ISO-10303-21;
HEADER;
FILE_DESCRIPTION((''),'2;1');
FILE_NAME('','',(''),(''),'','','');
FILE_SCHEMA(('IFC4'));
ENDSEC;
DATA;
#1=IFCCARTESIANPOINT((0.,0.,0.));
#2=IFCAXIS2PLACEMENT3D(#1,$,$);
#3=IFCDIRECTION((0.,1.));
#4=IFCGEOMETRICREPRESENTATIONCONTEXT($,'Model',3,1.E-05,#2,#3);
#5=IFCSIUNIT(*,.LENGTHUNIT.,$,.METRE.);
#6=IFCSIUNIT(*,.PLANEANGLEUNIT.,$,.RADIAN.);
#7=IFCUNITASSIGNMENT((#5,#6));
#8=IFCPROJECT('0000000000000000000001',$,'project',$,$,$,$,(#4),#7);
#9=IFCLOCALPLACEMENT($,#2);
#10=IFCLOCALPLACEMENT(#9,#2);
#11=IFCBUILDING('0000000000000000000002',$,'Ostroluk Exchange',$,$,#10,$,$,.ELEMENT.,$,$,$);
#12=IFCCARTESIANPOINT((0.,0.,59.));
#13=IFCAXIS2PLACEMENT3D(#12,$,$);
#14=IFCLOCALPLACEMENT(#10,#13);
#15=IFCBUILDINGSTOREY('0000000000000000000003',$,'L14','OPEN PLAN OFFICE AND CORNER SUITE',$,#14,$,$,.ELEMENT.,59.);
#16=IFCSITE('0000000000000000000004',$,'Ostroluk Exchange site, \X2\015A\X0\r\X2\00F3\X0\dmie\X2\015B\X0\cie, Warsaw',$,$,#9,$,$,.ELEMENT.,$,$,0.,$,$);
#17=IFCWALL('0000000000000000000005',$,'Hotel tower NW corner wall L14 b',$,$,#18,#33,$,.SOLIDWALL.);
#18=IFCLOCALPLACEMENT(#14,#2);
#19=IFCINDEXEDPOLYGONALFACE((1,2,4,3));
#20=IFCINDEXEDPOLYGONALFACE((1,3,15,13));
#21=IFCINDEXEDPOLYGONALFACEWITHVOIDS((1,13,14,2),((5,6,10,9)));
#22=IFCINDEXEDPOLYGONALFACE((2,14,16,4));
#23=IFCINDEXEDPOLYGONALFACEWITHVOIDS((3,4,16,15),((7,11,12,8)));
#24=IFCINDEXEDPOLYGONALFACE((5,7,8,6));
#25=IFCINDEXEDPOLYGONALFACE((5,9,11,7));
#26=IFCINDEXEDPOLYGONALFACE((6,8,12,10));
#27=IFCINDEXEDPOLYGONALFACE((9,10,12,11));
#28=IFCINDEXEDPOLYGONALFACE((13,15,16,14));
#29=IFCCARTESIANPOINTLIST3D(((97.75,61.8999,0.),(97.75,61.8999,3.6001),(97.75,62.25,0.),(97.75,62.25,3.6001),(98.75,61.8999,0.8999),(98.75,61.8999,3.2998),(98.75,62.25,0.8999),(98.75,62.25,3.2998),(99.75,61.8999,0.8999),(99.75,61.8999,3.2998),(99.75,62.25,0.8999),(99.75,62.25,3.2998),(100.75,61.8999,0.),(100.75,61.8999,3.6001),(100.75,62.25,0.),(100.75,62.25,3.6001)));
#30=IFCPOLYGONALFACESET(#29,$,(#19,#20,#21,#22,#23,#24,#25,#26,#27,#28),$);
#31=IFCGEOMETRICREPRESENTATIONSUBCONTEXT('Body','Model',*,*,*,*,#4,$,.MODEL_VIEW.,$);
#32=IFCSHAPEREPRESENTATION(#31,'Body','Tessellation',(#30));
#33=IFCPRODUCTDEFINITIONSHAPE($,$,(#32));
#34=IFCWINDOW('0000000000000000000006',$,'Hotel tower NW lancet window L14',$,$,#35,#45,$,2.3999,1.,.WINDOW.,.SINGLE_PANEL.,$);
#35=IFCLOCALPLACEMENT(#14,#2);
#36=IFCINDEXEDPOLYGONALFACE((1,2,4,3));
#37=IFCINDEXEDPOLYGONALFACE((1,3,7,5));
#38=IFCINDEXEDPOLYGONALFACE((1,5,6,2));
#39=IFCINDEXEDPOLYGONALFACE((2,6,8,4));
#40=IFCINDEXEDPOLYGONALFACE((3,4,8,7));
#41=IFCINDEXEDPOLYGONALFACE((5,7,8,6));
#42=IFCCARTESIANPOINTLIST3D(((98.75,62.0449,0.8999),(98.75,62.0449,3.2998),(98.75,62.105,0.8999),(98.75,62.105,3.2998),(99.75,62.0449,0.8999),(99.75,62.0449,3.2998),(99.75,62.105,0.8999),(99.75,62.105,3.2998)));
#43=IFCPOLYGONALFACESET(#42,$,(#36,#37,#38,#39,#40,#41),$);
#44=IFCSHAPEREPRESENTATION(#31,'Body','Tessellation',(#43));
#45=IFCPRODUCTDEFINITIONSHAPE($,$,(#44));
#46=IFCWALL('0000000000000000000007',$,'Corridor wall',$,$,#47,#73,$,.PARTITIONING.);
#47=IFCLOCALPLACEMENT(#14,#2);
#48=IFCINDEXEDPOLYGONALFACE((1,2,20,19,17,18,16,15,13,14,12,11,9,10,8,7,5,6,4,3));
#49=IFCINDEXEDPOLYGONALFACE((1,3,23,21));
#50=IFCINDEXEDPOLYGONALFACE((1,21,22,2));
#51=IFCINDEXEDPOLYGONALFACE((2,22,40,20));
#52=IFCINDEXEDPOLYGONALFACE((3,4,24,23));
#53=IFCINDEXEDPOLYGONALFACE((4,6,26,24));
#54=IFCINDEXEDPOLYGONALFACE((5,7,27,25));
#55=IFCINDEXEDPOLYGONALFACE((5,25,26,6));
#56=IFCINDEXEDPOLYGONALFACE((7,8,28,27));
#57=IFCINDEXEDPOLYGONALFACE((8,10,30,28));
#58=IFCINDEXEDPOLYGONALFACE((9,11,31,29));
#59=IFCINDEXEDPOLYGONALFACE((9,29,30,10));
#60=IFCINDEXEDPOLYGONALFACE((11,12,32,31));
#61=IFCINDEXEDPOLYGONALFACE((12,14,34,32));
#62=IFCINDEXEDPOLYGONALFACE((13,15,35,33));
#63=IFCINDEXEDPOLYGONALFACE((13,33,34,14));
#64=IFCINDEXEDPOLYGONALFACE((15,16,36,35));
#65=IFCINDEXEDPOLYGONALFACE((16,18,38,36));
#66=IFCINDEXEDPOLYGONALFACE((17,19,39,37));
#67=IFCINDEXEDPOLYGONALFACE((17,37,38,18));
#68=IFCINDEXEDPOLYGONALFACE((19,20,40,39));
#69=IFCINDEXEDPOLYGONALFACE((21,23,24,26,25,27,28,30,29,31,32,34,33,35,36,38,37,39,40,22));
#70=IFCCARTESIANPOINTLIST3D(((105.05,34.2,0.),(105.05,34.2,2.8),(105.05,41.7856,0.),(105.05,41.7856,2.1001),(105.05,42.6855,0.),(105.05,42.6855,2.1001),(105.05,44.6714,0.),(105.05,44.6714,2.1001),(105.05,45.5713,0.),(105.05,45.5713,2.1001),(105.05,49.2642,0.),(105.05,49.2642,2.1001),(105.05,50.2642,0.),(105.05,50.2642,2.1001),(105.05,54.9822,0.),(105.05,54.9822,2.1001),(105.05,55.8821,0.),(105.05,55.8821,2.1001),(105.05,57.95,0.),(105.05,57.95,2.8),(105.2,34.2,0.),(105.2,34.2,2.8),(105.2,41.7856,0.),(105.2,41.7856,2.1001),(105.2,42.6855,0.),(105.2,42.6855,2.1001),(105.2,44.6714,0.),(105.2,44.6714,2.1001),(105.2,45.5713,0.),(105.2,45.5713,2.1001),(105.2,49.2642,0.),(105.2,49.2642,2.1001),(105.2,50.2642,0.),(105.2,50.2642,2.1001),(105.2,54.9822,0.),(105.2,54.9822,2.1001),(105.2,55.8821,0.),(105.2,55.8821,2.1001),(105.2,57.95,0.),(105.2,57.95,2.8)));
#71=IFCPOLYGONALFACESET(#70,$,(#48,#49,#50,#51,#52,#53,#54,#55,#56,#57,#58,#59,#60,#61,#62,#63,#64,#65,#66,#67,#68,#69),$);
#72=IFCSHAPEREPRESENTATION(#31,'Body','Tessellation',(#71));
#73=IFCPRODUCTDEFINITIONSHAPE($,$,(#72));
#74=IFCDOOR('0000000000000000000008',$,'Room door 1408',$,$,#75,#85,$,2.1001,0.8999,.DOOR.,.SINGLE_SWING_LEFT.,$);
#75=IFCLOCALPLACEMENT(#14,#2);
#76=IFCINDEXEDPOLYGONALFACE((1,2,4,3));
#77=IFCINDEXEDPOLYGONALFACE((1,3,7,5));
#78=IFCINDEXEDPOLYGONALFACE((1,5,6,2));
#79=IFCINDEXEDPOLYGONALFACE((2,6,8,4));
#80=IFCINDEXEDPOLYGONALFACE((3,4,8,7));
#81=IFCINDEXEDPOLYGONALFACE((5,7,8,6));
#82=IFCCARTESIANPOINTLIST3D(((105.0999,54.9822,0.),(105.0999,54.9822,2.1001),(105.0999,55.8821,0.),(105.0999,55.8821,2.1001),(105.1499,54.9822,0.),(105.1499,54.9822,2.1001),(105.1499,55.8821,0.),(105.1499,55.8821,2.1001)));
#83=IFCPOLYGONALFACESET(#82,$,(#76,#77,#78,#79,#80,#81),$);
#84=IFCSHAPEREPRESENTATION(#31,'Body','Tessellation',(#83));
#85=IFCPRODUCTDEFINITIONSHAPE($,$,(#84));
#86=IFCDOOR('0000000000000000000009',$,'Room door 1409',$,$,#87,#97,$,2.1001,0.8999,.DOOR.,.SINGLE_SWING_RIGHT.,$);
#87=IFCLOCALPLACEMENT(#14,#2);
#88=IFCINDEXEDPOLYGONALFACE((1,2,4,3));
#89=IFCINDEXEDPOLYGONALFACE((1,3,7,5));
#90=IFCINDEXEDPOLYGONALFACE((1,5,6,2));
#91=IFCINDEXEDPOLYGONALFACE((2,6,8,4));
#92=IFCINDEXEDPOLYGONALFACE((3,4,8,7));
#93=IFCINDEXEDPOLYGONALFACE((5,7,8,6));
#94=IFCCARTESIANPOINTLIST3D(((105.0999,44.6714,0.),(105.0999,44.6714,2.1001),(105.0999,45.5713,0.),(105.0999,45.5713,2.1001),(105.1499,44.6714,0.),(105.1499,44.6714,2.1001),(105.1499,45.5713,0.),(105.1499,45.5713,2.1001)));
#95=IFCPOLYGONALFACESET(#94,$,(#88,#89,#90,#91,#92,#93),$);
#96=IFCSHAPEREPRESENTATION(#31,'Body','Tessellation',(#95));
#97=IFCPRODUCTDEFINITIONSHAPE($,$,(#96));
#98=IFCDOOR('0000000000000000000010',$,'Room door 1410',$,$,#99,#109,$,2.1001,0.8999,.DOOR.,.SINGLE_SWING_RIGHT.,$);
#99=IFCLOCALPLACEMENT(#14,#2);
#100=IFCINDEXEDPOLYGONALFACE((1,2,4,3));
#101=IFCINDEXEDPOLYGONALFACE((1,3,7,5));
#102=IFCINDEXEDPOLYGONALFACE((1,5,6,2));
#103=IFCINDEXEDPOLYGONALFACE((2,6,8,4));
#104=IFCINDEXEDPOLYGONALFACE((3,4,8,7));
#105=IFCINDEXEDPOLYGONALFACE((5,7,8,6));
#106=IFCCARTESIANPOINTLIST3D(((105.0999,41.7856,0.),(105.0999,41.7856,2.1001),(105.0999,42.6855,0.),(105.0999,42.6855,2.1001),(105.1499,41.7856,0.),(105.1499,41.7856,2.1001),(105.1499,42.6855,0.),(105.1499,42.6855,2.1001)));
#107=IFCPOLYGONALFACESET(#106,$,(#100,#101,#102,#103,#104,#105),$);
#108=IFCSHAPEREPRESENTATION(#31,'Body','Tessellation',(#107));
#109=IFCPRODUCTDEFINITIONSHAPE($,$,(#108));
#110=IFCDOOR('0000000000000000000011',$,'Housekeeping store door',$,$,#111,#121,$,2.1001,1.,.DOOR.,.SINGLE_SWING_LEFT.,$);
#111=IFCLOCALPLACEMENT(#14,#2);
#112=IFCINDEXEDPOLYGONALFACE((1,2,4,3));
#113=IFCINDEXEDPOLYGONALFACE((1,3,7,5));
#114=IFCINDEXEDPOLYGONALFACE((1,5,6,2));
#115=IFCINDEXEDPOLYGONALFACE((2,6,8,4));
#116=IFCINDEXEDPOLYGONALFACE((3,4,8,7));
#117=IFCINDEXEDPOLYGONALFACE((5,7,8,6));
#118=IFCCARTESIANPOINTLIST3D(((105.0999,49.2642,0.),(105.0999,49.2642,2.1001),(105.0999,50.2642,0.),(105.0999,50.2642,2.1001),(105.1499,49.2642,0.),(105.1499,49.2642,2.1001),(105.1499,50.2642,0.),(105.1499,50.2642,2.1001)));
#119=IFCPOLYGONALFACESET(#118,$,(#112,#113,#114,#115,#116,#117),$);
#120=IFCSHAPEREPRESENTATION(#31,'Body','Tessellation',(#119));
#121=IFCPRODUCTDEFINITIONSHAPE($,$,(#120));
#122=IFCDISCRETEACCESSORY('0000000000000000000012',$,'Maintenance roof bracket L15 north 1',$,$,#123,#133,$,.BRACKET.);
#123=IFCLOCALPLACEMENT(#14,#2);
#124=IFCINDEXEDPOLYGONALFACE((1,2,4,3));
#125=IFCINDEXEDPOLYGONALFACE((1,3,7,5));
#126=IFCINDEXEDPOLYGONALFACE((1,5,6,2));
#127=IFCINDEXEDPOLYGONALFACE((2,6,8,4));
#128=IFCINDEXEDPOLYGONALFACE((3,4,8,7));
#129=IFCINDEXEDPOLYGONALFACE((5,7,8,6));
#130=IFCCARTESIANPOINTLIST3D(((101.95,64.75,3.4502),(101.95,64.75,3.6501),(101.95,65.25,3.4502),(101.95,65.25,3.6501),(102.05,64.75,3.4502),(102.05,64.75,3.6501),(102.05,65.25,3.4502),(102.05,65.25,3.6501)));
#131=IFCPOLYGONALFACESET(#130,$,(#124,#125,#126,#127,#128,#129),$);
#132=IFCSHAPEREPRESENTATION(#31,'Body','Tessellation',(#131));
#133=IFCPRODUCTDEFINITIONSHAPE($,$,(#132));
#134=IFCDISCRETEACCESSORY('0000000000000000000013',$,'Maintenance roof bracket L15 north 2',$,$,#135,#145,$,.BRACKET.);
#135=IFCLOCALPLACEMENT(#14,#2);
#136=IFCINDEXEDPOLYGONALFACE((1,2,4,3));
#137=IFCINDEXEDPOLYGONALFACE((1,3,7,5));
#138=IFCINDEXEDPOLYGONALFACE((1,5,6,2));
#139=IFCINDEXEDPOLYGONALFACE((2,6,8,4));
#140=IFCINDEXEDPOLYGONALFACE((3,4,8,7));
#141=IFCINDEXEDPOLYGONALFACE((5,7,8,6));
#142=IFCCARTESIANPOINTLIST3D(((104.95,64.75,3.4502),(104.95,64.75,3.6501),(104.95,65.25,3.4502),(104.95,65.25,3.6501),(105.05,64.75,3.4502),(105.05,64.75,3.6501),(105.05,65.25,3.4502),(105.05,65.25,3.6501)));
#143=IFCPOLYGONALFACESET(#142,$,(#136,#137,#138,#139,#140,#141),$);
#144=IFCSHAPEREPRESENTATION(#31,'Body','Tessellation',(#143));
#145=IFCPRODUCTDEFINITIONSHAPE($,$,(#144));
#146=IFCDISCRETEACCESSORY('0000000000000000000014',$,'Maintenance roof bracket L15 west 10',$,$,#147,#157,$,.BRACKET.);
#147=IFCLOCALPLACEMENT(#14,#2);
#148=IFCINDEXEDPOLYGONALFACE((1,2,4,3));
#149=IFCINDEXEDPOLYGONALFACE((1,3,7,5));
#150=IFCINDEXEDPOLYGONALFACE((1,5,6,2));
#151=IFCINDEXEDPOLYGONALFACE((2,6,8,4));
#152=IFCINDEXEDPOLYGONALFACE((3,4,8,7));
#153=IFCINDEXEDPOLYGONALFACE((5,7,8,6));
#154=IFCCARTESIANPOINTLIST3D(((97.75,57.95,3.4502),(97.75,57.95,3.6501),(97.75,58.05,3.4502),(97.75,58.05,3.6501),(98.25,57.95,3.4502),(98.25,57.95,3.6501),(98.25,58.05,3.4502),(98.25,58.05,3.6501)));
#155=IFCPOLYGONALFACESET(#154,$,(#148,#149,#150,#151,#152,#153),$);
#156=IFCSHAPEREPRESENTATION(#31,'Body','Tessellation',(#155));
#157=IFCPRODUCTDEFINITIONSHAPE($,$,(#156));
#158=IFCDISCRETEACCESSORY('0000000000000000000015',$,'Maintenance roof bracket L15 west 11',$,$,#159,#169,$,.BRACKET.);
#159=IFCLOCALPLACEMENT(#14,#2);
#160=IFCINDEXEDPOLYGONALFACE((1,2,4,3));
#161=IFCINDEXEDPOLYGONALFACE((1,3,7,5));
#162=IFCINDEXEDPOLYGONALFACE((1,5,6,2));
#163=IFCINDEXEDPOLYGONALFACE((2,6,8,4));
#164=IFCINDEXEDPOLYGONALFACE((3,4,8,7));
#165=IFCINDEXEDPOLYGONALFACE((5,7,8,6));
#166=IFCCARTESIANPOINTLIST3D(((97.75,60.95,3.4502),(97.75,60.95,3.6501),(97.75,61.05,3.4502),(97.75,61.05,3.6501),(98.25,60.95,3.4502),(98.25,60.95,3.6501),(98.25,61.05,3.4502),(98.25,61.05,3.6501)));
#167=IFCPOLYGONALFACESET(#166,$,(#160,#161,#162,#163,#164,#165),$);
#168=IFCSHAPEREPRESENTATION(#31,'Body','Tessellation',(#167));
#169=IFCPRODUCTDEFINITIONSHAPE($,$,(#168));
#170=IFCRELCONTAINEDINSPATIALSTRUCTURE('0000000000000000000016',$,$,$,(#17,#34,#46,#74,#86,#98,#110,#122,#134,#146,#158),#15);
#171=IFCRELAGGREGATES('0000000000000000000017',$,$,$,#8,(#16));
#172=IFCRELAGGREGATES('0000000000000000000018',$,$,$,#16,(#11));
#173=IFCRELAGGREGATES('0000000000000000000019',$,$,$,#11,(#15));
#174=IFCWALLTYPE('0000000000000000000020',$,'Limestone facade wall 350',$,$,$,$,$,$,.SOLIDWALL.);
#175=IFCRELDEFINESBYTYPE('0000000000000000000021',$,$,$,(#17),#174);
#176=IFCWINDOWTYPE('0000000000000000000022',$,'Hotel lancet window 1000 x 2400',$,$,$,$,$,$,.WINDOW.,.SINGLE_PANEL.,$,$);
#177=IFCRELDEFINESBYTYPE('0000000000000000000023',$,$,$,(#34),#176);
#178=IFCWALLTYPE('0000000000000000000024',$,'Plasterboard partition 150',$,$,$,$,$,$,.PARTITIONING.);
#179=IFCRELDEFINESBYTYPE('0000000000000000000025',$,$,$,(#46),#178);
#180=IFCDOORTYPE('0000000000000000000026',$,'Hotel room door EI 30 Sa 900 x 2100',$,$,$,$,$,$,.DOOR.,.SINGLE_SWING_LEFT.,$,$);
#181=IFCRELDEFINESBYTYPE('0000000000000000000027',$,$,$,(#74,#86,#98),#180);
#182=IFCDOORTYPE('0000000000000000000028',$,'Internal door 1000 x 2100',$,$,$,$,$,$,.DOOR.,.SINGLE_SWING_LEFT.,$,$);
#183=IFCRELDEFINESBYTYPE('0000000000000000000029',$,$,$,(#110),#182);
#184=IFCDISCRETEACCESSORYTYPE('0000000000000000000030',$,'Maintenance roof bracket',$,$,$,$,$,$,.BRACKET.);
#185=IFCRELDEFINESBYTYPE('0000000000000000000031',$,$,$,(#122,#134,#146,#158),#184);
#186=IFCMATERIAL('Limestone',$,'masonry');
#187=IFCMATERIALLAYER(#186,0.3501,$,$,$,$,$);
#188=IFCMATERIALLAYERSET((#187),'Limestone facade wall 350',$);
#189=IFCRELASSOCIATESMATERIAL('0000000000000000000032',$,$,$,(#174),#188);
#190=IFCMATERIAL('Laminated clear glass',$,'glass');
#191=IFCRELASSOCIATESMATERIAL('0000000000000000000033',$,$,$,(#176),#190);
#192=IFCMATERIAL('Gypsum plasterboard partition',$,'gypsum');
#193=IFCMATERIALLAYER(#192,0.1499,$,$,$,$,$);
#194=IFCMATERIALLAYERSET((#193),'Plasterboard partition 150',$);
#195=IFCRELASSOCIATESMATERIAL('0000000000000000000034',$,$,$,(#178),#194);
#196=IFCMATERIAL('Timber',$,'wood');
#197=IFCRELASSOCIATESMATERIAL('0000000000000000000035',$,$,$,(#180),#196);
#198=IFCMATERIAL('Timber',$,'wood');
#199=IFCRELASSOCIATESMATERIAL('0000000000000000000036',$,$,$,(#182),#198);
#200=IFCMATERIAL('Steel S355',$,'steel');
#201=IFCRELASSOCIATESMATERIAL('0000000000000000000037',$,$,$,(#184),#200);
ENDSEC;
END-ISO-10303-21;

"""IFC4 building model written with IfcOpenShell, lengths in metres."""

from ifc_helpers import new_model, si_unit, direction, frame, frame_2d, origin, origin_2d, place, context, subcontext, project, spatial, rectangle, extrude, material, layer, layer_set, type_object, element, fill, save


model = new_model("IFC4")

# Units and contexts
model_context = context("Model", 3, precision=1e-05, world=origin(), true_north=direction((0.0, 1.0)))
body_context = subcontext(model_context, "Body", "Model", "MODEL_VIEW")
ifc_project = project(units=[si_unit("LENGTHUNIT", "METRE"), si_unit("PLANEANGLEUNIT", "RADIAN")], contexts=[model_context])

# Site, building, storey
site_placement = place(None, origin())
site = spatial("IfcSite", under=ifc_project, at=site_placement, Name="Ostroluk Exchange site, Śródmieście, Warsaw", CompositionType="ELEMENT", RefElevation=0.0)
building_placement = place(site_placement, origin())
building = spatial("IfcBuilding", under=site, at=building_placement, Name="Ostroluk Exchange", CompositionType="ELEMENT")
storey_placement = place(building_placement, frame((0.0, 0.0, 59.0)))
storey = spatial("IfcBuildingStorey", under=building, at=storey_placement, Name="L14", Description="OPEN PLAN OFFICE AND CORNER SUITE", CompositionType="ELEMENT", Elevation=59.0)

# Shared definitions
ifc_material_1 = material(Name="Limestone", Category="masonry")
ifc_layer_1 = layer(ifc_material_1, 0.3501)
ifc_layer_set_1 = layer_set([ifc_layer_1], Name="Limestone facade wall 350")
wall_type_1 = type_object("IfcWallType", Name="Limestone facade wall 350", PredefinedType="SOLIDWALL", material=ifc_layer_set_1)

# Wall, opening, window
wall_1_placement = place(storey_placement, frame((100.75, 62.075, 0.0), z_axis=(0.0, 0.0, 1.0), x_axis=(-1.0, 0.0, 0.0)))
wall_1 = element("IfcWall", 1, at=wall_1_placement, inside=storey, type_object=wall_type_1, Name="Hotel tower NW corner wall L14 b", PredefinedType="SOLIDWALL", context=body_context, shape_type="SweptSolid", body=[
    extrude(rectangle(XDim=3.0, YDim=0.3501, at=frame_2d((1.5, 0.0))), origin(), (0.0, 0.0, 1.0), 3.6001),
])
opening_1_placement = place(wall_1_placement, frame((1.0, 0.0, 0.8999)))
opening_1 = element("IfcOpeningElement", 2, at=opening_1_placement, cuts=wall_1, PredefinedType="OPENING", context=body_context, shape_type="SweptSolid", body=[
    extrude(rectangle(XDim=1.0, YDim=2.3999, at=frame_2d((0.5, 1.2))), frame((0.0, 0.1851, 0.0), z_axis=(0.0, -1.0, 0.0), x_axis=(1.0, 0.0, 0.0)), (0.0, 0.0, 1.0), 0.3701),
])
ifc_material_2 = material(Name="Laminated clear glass", Category="glass")
window_type = type_object("IfcWindowType", Name="Hotel lancet window 1000 x 2400", PartitioningType="SINGLE_PANEL", PredefinedType="WINDOW", material=ifc_material_2)
window_placement = place(opening_1_placement, origin())
window = element("IfcWindow", 3, at=window_placement, inside=storey, type_object=window_type, Name="Hotel tower NW lancet window L14", OverallHeight=2.3999, OverallWidth=1.0, PartitioningType="SINGLE_PANEL", PredefinedType="WINDOW", context=body_context, shape_type="SweptSolid", body=[
    extrude(rectangle(XDim=1.0, YDim=2.3999, at=frame_2d((0.5, 1.2))), frame((0.0, 0.03, 0.0), z_axis=(0.0, -1.0, 0.0), x_axis=(1.0, 0.0, 0.0)), (0.0, 0.0, 1.0), 0.0601),
])
fill(opening_1, window)

# Wall, openings, doors
ifc_material_3 = material(Name="Gypsum plasterboard partition", Category="gypsum")
ifc_layer_2 = layer(ifc_material_3, 0.1499)
ifc_layer_set_2 = layer_set([ifc_layer_2], Name="Plasterboard partition 150")
wall_type_2 = type_object("IfcWallType", Name="Plasterboard partition 150", PredefinedType="PARTITIONING", material=ifc_layer_set_2)
wall_2_placement = place(storey_placement, frame((105.125, 57.95, 0.0), z_axis=(0.0, 0.0, 1.0), x_axis=(0.0, -1.0, 0.0)))
wall_2 = element("IfcWall", 4, at=wall_2_placement, inside=storey, type_object=wall_type_2, Name="Corridor wall", PredefinedType="PARTITIONING", context=body_context, shape_type="SweptSolid", body=[
    extrude(rectangle(XDim=23.75, YDim=0.1499, at=frame_2d((11.875, 0.0))), origin(), (0.0, 0.0, 1.0), 2.8),
])
opening_2_placement = place(wall_2_placement, frame((2.0679, 0.0, 0.0)))
opening_2 = element("IfcOpeningElement", 5, at=opening_2_placement, cuts=wall_2, PredefinedType="OPENING", context=body_context, shape_type="SweptSolid", body=[
    extrude(rectangle(XDim=0.8999, YDim=2.1001, at=frame_2d((0.45, 1.05))), frame((0.0, 0.085, 0.0), z_axis=(0.0, -1.0, 0.0), x_axis=(1.0, 0.0, 0.0)), (0.0, 0.0, 1.0), 0.1699),
])
opening_3_placement = place(wall_2_placement, frame((7.6858, 0.0, 0.0)))
opening_3 = element("IfcOpeningElement", 6, at=opening_3_placement, cuts=wall_2, PredefinedType="OPENING", context=body_context, shape_type="SweptSolid", body=[
    extrude(rectangle(XDim=1.0, YDim=2.1001, at=frame_2d((0.5, 1.05))), frame((0.0, 0.085, 0.0), z_axis=(0.0, -1.0, 0.0), x_axis=(1.0, 0.0, 0.0)), (0.0, 0.0, 1.0), 0.1699),
])
opening_4_placement = place(wall_2_placement, frame((12.3787, 0.0, 0.0)))
opening_4 = element("IfcOpeningElement", 7, at=opening_4_placement, cuts=wall_2, PredefinedType="OPENING", context=body_context, shape_type="SweptSolid", body=[
    extrude(rectangle(XDim=0.8999, YDim=2.1001, at=frame_2d((0.45, 1.05))), frame((0.0, 0.085, 0.0), z_axis=(0.0, -1.0, 0.0), x_axis=(1.0, 0.0, 0.0)), (0.0, 0.0, 1.0), 0.1699),
])
opening_5_placement = place(wall_2_placement, frame((15.2644, 0.0, 0.0)))
opening_5 = element("IfcOpeningElement", 8, at=opening_5_placement, cuts=wall_2, PredefinedType="OPENING", context=body_context, shape_type="SweptSolid", body=[
    extrude(rectangle(XDim=0.8999, YDim=2.1001, at=frame_2d((0.45, 1.05))), frame((0.0, 0.085, 0.0), z_axis=(0.0, -1.0, 0.0), x_axis=(1.0, 0.0, 0.0)), (0.0, 0.0, 1.0), 0.1699),
])
ifc_material_4 = material(Name="Timber", Category="wood")
door_type_1 = type_object("IfcDoorType", Name="Hotel room door EI 30 Sa 900 x 2100", OperationType="SINGLE_SWING_LEFT", PredefinedType="DOOR", material=ifc_material_4)
door_1_placement = place(opening_2_placement, origin())
door_1 = element("IfcDoor", 9, at=door_1_placement, inside=storey, type_object=door_type_1, Name="Room door 1408", OperationType="SINGLE_SWING_LEFT", OverallHeight=2.1001, OverallWidth=0.8999, PredefinedType="DOOR", context=body_context, shape_type="SweptSolid", body=[
    extrude(rectangle(XDim=0.8999, YDim=2.1001, at=frame_2d((0.45, 1.05))), frame((0.0, 0.0249, 0.0), z_axis=(0.0, -1.0, 0.0), x_axis=(1.0, 0.0, 0.0)), (0.0, 0.0, 1.0), 0.05),
])
fill(opening_2, door_1)
door_2_placement = place(opening_4_placement, origin())
door_2 = element("IfcDoor", 10, at=door_2_placement, inside=storey, type_object=door_type_1, Name="Room door 1409", OperationType="SINGLE_SWING_RIGHT", OverallHeight=2.1001, OverallWidth=0.8999, PredefinedType="DOOR", context=body_context, shape_type="SweptSolid", body=[
    extrude(rectangle(XDim=0.8999, YDim=2.1001, at=frame_2d((0.45, 1.05))), frame((0.0, 0.0249, 0.0), z_axis=(0.0, -1.0, 0.0), x_axis=(1.0, 0.0, 0.0)), (0.0, 0.0, 1.0), 0.05),
])
fill(opening_4, door_2)
door_3_placement = place(opening_5_placement, origin())
door_3 = element("IfcDoor", 11, at=door_3_placement, inside=storey, type_object=door_type_1, Name="Room door 1410", OperationType="SINGLE_SWING_RIGHT", OverallHeight=2.1001, OverallWidth=0.8999, PredefinedType="DOOR", context=body_context, shape_type="SweptSolid", body=[
    extrude(rectangle(XDim=0.8999, YDim=2.1001, at=frame_2d((0.45, 1.05))), frame((0.0, 0.0249, 0.0), z_axis=(0.0, -1.0, 0.0), x_axis=(1.0, 0.0, 0.0)), (0.0, 0.0, 1.0), 0.05),
])
fill(opening_5, door_3)
ifc_material_5 = material(Name="Timber", Category="wood")
door_type_2 = type_object("IfcDoorType", Name="Internal door 1000 x 2100", OperationType="SINGLE_SWING_LEFT", PredefinedType="DOOR", material=ifc_material_5)
door_4_placement = place(opening_3_placement, origin())
door_4 = element("IfcDoor", 12, at=door_4_placement, inside=storey, type_object=door_type_2, Name="Housekeeping store door", OperationType="SINGLE_SWING_LEFT", OverallHeight=2.1001, OverallWidth=1.0, PredefinedType="DOOR", context=body_context, shape_type="SweptSolid", body=[
    extrude(rectangle(XDim=1.0, YDim=2.1001, at=frame_2d((0.5, 1.05))), frame((0.0, 0.0249, 0.0), z_axis=(0.0, -1.0, 0.0), x_axis=(1.0, 0.0, 0.0)), (0.0, 0.0, 1.0), 0.05),
])
fill(opening_3, door_4)

# Discrete accessories
ifc_material_6 = material(Name="Steel S355", Category="steel")
discrete_accessory_type = type_object("IfcDiscreteAccessoryType", Name="Maintenance roof bracket", PredefinedType="BRACKET", material=ifc_material_6)
for number, where, z_axis, x_axis, name in (
    (13, (102.0, 65.0, 3.4502), (0.0, 0.0, 1.0), (1.0, 0.0, 0.0), "Maintenance roof bracket L15 north 1"),
    (14, (105.0, 65.0, 3.4502), (0.0, 0.0, 1.0), (1.0, 0.0, 0.0), "Maintenance roof bracket L15 north 2"),
):
    element("IfcDiscreteAccessory", number, at=place(storey_placement, frame(where, z_axis=z_axis, x_axis=x_axis)), inside=storey, type_object=discrete_accessory_type, Name=name, PredefinedType="BRACKET", context=body_context, shape_type="SweptSolid", body=[
        extrude(rectangle(XDim=0.1001, YDim=0.5, at=origin_2d()), origin(), (0.0, 0.0, 1.0), 0.2),
    ])
for number, where, z_axis, x_axis, name in (
    (15, (98.0, 58.0, 3.4502), (0.0, 0.0, 1.0), (1.0, 0.0, 0.0), "Maintenance roof bracket L15 west 10"),
    (16, (98.0, 61.0, 3.4502), (0.0, 0.0, 1.0), (1.0, 0.0, 0.0), "Maintenance roof bracket L15 west 11"),
):
    element("IfcDiscreteAccessory", number, at=place(storey_placement, frame(where, z_axis=z_axis, x_axis=x_axis)), inside=storey, type_object=discrete_accessory_type, Name=name, PredefinedType="BRACKET", context=body_context, shape_type="SweptSolid", body=[
        extrude(rectangle(XDim=0.5, YDim=0.1001, at=origin_2d()), origin(), (0.0, 0.0, 1.0), 0.2),
    ])

save(model, "model.ifc")
